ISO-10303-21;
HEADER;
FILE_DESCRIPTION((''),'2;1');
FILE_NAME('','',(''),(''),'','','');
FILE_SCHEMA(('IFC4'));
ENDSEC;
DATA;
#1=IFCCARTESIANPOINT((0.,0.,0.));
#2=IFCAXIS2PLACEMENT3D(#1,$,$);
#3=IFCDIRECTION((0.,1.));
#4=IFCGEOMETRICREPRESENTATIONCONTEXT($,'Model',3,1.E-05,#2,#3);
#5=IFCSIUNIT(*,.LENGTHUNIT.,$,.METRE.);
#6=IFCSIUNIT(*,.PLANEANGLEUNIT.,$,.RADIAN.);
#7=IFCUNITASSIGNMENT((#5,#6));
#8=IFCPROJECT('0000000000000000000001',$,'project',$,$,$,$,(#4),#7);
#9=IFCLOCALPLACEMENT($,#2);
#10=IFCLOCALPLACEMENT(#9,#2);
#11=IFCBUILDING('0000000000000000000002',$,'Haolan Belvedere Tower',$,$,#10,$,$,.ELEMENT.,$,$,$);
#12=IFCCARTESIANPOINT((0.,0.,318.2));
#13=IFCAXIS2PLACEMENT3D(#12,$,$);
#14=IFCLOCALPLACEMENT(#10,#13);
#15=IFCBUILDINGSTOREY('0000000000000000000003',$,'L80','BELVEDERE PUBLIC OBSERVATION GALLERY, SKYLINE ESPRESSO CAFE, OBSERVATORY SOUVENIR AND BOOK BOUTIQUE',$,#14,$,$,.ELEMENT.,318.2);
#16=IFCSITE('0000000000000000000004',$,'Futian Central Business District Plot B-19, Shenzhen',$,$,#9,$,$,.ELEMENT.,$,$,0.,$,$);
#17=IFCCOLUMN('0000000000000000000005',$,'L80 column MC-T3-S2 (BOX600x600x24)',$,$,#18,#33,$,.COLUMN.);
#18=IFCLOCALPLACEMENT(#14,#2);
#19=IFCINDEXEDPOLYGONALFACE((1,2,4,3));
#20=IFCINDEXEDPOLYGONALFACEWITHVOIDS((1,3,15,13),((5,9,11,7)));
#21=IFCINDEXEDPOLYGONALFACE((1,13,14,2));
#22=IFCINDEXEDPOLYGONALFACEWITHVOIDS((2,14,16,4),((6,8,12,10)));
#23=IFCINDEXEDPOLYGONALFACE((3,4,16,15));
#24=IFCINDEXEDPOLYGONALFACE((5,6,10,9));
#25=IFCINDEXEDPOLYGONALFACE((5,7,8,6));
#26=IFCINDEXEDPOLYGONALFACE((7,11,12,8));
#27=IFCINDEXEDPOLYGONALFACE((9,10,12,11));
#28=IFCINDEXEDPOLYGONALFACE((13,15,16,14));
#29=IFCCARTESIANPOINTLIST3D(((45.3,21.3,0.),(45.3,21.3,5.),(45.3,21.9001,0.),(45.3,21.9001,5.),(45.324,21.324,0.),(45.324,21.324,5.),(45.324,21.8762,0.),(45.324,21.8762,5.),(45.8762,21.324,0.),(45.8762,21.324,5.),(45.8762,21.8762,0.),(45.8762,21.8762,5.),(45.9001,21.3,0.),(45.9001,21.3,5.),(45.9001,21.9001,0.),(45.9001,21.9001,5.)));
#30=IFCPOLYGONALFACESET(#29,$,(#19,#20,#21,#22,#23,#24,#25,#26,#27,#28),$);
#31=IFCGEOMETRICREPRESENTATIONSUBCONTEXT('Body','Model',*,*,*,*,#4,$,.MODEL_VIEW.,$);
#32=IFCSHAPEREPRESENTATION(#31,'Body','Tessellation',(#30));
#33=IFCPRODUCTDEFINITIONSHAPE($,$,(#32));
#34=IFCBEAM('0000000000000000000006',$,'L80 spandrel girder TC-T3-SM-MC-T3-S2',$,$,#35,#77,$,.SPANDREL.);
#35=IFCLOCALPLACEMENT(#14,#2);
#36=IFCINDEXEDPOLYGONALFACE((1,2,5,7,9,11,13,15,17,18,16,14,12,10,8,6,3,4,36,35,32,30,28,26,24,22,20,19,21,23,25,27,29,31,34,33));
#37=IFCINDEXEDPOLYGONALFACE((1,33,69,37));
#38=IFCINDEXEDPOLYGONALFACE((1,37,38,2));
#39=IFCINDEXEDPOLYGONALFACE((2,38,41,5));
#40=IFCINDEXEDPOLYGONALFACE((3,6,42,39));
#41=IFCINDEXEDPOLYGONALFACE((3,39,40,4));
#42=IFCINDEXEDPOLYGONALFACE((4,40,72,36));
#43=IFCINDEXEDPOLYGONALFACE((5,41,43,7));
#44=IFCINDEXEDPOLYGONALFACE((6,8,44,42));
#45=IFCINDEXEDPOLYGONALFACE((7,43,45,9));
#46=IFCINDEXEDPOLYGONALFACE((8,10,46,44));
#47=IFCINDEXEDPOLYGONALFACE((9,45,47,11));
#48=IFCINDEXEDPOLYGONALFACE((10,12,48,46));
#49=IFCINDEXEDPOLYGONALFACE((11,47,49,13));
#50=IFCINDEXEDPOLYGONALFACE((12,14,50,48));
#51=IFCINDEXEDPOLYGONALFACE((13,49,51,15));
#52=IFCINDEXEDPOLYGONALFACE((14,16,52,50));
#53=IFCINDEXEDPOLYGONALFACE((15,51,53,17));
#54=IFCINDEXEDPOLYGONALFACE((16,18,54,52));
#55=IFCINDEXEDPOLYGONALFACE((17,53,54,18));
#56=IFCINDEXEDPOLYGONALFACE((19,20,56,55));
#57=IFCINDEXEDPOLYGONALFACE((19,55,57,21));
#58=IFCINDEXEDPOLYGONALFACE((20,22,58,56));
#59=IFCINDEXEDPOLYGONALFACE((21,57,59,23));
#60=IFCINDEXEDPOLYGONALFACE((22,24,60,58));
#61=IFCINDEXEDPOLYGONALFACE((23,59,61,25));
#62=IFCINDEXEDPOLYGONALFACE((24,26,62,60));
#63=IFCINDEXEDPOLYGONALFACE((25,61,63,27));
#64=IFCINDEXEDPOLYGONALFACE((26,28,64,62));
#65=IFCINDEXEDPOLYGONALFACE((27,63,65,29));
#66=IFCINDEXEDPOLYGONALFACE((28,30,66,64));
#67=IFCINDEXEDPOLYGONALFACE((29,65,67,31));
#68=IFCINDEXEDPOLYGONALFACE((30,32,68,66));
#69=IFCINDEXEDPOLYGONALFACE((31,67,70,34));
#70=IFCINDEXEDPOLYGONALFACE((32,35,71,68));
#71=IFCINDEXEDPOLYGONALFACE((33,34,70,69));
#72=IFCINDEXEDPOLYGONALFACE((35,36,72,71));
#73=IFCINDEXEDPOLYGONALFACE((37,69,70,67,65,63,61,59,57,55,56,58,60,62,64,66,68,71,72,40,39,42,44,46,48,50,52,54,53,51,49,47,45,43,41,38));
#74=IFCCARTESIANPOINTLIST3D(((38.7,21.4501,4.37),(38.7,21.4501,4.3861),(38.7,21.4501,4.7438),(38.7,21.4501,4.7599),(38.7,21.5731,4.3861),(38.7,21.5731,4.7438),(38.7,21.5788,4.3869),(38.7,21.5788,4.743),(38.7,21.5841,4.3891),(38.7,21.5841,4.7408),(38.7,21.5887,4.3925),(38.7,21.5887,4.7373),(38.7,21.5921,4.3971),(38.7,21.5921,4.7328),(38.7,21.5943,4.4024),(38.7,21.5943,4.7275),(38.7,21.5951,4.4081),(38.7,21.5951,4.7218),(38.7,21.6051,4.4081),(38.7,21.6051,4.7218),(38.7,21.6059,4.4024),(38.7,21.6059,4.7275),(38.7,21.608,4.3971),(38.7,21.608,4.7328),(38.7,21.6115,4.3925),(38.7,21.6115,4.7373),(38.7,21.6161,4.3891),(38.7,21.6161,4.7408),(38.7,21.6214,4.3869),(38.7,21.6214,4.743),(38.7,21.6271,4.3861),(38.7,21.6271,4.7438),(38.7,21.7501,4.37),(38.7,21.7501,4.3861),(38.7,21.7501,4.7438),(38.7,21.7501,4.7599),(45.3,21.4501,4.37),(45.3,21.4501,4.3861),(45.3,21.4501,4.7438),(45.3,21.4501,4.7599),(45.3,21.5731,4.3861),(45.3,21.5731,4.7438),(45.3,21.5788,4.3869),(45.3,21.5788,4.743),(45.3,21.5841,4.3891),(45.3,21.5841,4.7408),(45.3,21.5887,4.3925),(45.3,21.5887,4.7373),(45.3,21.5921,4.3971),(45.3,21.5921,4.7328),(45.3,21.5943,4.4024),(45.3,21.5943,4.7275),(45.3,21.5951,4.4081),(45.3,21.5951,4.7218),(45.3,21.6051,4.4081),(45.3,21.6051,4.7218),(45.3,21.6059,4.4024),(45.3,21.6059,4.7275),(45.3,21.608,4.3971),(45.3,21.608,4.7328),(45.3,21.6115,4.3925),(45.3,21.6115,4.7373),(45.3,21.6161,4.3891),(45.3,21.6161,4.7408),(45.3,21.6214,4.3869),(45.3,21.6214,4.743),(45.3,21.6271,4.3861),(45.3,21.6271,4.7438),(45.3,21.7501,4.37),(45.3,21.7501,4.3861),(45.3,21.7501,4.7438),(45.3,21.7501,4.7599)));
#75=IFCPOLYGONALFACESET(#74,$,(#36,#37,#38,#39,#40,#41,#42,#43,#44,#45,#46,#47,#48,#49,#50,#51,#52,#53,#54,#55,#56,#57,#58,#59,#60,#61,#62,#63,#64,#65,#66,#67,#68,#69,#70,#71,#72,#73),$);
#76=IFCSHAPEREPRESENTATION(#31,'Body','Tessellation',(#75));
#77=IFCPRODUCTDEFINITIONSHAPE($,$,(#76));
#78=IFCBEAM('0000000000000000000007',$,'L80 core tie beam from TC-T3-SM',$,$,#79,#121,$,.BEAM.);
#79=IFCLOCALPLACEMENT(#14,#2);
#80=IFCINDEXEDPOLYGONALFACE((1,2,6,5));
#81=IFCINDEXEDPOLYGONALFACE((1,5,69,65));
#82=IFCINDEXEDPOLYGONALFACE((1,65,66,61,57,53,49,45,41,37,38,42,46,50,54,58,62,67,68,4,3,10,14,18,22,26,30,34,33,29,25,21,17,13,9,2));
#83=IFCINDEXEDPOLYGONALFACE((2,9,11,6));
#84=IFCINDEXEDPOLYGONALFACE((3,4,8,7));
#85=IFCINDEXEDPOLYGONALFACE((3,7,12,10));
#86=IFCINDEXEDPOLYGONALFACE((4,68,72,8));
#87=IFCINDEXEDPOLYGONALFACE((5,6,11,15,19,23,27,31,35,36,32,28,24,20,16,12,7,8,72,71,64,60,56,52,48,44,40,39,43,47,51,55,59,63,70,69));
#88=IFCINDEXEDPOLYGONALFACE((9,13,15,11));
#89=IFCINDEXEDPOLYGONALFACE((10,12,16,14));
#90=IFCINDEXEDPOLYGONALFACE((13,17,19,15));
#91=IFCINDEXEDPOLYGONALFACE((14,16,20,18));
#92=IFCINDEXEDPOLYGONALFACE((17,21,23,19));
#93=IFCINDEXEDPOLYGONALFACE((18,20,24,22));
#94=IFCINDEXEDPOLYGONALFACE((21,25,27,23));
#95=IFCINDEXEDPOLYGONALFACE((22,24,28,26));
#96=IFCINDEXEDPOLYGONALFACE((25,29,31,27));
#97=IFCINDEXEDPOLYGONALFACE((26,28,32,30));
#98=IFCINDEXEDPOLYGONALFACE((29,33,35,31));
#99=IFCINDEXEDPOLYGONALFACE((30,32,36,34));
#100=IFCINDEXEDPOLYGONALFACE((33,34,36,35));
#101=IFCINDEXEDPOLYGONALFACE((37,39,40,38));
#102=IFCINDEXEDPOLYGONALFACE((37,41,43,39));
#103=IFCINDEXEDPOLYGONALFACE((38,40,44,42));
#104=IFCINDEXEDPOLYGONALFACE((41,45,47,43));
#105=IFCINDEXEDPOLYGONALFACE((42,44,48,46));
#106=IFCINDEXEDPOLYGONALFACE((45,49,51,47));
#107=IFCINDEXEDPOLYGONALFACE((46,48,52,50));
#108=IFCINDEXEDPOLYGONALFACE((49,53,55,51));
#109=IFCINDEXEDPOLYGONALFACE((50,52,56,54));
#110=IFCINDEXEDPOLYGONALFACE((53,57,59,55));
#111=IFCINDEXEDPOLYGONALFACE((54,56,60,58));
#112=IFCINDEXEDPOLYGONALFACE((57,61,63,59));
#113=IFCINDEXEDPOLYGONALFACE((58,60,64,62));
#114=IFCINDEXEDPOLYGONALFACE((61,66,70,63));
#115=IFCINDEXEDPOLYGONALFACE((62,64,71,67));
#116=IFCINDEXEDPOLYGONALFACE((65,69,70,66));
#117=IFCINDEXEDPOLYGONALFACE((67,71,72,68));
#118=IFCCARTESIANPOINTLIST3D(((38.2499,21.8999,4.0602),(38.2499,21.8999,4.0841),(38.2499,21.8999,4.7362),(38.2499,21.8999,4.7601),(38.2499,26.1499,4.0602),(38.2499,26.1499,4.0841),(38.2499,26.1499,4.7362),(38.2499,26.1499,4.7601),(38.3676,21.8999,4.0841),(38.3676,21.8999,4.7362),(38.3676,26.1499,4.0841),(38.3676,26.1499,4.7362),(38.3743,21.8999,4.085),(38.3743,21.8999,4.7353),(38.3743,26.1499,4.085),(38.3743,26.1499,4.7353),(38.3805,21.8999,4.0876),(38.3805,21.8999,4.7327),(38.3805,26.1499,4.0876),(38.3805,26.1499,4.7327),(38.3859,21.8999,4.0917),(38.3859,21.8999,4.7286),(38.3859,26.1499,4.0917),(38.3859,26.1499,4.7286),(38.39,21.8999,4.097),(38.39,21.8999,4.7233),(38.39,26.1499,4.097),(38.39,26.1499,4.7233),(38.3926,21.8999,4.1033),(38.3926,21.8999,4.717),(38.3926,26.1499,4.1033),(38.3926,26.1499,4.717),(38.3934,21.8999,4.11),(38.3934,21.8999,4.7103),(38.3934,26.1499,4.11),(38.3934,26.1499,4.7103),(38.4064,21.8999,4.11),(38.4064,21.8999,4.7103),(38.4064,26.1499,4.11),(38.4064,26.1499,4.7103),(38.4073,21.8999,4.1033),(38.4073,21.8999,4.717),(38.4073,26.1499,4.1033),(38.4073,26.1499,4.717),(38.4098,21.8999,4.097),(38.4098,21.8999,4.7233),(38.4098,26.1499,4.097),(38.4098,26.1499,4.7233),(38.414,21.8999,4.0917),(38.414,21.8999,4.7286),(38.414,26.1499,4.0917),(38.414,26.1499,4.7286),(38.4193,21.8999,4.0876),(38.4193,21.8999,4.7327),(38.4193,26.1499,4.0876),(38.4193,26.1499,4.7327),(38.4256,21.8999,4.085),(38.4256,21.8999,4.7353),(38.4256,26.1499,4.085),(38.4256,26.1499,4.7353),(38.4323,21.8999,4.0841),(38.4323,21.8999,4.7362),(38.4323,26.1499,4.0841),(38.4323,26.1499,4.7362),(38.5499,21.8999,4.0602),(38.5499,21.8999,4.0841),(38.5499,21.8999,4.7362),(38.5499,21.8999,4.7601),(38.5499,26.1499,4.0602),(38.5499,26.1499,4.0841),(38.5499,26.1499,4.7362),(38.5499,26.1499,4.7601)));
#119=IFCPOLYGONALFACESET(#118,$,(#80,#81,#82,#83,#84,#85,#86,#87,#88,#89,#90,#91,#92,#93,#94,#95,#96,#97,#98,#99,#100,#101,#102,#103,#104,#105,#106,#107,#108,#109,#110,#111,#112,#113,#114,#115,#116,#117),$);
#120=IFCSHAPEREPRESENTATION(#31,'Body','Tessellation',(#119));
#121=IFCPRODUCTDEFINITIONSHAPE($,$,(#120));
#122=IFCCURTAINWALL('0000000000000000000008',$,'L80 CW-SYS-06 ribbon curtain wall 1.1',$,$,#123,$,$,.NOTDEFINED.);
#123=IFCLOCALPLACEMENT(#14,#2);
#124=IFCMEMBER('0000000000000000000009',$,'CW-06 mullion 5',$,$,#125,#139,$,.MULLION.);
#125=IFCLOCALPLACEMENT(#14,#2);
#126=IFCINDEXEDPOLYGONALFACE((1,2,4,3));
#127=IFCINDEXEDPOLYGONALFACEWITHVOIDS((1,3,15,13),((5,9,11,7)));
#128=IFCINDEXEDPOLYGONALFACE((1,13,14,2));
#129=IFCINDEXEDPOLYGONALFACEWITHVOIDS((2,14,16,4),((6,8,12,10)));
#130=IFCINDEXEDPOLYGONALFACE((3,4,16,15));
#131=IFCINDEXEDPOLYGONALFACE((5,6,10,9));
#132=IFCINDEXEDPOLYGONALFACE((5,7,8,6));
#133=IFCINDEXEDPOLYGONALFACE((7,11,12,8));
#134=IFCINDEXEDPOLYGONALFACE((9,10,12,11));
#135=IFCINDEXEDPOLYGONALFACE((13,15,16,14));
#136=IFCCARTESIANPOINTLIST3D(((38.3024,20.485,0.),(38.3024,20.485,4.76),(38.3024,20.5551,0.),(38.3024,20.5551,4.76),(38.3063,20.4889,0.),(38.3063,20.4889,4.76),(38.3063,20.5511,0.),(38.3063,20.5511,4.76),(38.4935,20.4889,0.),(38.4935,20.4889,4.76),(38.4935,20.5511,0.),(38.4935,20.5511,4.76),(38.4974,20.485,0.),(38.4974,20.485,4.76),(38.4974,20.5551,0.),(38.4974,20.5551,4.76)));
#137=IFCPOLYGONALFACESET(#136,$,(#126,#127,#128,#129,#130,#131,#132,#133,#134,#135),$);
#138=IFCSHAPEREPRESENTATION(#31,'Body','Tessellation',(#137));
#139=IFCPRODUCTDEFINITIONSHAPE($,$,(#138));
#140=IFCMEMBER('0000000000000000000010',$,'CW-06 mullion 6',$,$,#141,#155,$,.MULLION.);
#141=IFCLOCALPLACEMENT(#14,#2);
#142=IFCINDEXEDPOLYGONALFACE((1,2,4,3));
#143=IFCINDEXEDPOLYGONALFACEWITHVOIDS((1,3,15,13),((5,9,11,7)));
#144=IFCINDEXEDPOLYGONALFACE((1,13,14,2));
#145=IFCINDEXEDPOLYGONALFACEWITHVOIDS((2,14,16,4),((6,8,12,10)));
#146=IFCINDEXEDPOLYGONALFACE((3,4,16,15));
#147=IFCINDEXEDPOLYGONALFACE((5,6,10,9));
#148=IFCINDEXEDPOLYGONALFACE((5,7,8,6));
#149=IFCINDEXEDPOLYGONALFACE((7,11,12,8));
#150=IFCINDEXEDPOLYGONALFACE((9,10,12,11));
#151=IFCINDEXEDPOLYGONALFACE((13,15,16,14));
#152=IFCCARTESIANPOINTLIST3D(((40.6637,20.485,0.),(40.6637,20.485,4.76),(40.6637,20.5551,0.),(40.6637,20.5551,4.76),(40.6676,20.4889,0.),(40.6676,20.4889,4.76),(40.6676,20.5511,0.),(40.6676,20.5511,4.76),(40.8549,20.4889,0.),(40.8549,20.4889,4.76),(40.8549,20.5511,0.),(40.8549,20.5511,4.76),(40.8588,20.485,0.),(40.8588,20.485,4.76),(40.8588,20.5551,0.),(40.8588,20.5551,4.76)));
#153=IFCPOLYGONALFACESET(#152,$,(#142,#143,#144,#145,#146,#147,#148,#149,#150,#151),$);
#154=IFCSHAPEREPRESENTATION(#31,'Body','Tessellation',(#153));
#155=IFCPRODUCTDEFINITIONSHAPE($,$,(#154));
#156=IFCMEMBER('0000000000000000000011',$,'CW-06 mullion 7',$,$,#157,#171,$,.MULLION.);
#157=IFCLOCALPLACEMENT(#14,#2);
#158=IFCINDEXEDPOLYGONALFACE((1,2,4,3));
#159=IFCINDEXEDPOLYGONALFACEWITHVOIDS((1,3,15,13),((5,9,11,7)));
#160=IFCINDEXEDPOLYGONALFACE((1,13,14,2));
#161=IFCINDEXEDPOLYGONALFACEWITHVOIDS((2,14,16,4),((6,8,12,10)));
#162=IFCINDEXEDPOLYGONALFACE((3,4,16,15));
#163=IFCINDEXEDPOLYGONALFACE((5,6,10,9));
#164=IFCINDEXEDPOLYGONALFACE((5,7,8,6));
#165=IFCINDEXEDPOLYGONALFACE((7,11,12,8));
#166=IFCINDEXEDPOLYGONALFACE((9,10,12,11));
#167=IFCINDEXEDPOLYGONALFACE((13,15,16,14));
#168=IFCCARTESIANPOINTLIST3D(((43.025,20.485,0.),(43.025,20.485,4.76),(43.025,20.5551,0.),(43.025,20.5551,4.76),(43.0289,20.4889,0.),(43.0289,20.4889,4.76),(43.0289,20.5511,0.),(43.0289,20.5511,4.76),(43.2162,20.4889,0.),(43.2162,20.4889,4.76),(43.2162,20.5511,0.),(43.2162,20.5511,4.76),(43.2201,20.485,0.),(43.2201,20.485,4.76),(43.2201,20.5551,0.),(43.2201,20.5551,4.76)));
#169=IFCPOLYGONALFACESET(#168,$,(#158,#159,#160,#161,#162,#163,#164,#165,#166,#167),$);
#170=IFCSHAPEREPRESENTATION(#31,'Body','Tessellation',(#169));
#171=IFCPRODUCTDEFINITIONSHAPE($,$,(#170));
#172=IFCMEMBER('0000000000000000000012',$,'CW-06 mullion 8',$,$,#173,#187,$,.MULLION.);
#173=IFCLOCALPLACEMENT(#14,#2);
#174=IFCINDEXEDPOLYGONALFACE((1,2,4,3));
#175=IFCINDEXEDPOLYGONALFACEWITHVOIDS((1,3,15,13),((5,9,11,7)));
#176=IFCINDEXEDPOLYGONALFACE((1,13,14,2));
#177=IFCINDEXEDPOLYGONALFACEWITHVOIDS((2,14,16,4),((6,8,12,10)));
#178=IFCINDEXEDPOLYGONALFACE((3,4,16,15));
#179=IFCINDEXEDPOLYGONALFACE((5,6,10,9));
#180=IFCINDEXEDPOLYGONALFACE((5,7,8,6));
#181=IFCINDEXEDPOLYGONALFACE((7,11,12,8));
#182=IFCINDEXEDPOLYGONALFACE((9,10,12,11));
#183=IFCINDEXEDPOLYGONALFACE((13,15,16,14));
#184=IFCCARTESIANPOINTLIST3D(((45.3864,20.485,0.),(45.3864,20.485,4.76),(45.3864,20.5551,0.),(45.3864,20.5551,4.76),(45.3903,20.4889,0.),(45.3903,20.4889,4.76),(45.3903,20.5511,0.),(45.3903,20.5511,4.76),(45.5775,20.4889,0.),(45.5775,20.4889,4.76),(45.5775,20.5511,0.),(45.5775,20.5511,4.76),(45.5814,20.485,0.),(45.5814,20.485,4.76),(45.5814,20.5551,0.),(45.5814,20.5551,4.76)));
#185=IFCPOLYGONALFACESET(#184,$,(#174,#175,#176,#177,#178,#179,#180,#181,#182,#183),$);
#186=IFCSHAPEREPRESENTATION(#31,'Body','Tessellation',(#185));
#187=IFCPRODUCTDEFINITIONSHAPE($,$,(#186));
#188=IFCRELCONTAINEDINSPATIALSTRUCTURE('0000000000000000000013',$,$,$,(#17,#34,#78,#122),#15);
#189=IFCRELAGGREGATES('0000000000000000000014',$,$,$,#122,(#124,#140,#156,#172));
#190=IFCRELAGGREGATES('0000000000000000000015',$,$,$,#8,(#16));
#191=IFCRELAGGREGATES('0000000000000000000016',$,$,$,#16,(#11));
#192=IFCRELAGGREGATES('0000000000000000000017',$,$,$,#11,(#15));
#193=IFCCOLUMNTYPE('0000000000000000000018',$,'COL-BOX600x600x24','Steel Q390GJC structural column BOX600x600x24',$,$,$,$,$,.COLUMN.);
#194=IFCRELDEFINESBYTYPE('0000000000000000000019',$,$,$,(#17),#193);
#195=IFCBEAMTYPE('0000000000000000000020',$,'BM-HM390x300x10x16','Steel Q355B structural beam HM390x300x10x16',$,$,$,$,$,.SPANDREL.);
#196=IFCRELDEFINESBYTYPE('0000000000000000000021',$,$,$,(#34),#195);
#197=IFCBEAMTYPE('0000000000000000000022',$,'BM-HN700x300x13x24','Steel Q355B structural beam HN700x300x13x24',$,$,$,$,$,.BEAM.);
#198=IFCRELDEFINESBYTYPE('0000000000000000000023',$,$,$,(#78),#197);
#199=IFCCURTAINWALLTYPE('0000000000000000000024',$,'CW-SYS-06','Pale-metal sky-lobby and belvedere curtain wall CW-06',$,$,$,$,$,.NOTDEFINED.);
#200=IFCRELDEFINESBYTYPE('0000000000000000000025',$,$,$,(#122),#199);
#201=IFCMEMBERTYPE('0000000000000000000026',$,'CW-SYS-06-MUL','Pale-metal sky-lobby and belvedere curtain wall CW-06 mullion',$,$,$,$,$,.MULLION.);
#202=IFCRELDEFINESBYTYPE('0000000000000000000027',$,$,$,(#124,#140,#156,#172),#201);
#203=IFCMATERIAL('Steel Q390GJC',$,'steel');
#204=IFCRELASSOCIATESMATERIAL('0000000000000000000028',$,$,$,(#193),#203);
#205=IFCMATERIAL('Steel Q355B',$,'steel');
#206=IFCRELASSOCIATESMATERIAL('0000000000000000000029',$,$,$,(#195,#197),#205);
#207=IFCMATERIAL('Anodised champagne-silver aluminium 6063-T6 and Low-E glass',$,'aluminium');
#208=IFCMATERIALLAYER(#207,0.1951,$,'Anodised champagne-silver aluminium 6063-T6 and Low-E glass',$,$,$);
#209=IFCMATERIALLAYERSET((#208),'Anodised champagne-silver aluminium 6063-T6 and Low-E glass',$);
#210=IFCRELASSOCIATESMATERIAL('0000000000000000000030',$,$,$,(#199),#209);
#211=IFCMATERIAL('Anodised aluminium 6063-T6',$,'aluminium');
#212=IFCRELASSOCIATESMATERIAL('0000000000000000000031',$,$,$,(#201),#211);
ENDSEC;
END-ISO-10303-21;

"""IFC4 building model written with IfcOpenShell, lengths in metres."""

from ifc_helpers import new_model, si_unit, direction, frame, origin, origin_2d, place, context, subcontext, project, spatial, hollow_rectangle, i_section, extrude, material, layer, layer_set, material_profile, profile_set, type_object, element, aggregate, save


model = new_model("IFC4")

# Units and contexts
model_context = context("Model", 3, precision=1e-05, world=origin(), true_north=direction((0.0, 1.0)))
body_context = subcontext(model_context, "Body", "Model", "MODEL_VIEW")
ifc_project = project(units=[si_unit("LENGTHUNIT", "METRE"), si_unit("PLANEANGLEUNIT", "RADIAN")], contexts=[model_context])

# Site, building, storey
site_placement = place(None, origin())
site = spatial("IfcSite", under=ifc_project, at=site_placement, Name="Futian Central Business District Plot B-19, Shenzhen", CompositionType="ELEMENT", RefElevation=0.0)
building_placement = place(site_placement, origin())
building = spatial("IfcBuilding", under=site, at=building_placement, Name="Haolan Belvedere Tower", CompositionType="ELEMENT")
storey_placement = place(building_placement, frame((0.0, 0.0, 318.2)))
storey = spatial("IfcBuildingStorey", under=building, at=storey_placement, Name="L80", Description="BELVEDERE PUBLIC OBSERVATION GALLERY, SKYLINE ESPRESSO CAFE, OBSERVATORY SOUVENIR AND BOOK BOUTIQUE", CompositionType="ELEMENT", Elevation=318.2)

# Column
ifc_material_1 = material(Name="Steel Q390GJC", Category="steel")
ifc_material_profile_1 = material_profile(ifc_material_1, hollow_rectangle(XDim=0.6001, YDim=0.6001, WallThickness=0.0239, at=origin_2d()), Name="Steel Q390GJC")
ifc_profile_set_1 = profile_set([ifc_material_profile_1], Name="Steel Q390GJC")
column_type = type_object("IfcColumnType", Name="COL-BOX600x600x24", Description="Steel Q390GJC structural column BOX600x600x24", PredefinedType="COLUMN", material=ifc_profile_set_1)
column_placement = place(storey_placement, frame((45.6001, 21.6001, 0.0), z_axis=(0.0, 0.0, 1.0), x_axis=(1.0, 0.0, 0.0)))
element("IfcColumn", 1, at=column_placement, inside=storey, type_object=column_type, Name="L80 column MC-T3-S2 (BOX600x600x24)", PredefinedType="COLUMN", context=body_context, shape_type="SweptSolid", body=[
    extrude(hollow_rectangle(XDim=0.6001, YDim=0.6001, WallThickness=0.0239, at=origin_2d()), origin(), (0.0, 0.0, 1.0), 5.0),
])

# Beams
ifc_material_2 = material(Name="Steel Q355B", Category="steel")
ifc_material_profile_2 = material_profile(ifc_material_2, i_section(OverallWidth=0.3, OverallDepth=0.3899, WebThickness=0.01, FlangeThickness=0.0161, FilletRadius=0.022, at=origin_2d()), Name="Steel Q355B")
ifc_profile_set_2 = profile_set([ifc_material_profile_2], Name="Steel Q355B")
beam_type_1 = type_object("IfcBeamType", Name="BM-HM390x300x10x16", Description="Steel Q355B structural beam HM390x300x10x16", PredefinedType="SPANDREL", material=ifc_profile_set_2)
beam_1_placement = place(storey_placement, frame((38.7, 21.6001, 4.5649), z_axis=(1.0, 0.0, 0.0), x_axis=(0.0, 1.0, 0.0)))
element("IfcBeam", 2, at=beam_1_placement, inside=storey, type_object=beam_type_1, Name="L80 spandrel girder TC-T3-SM-MC-T3-S2", PredefinedType="SPANDREL", context=body_context, shape_type="SweptSolid", body=[
    extrude(i_section(OverallWidth=0.3, OverallDepth=0.3899, WebThickness=0.01, FlangeThickness=0.0161, FilletRadius=0.022, at=origin_2d()), origin(), (0.0, 0.0, 1.0), 6.6001),
])
ifc_material_profile_3 = material_profile(ifc_material_2, i_section(OverallWidth=0.3, OverallDepth=0.7, WebThickness=0.0129, FlangeThickness=0.0239, FilletRadius=0.0259, at=origin_2d()), Name="Steel Q355B")
ifc_profile_set_3 = profile_set([ifc_material_profile_3], Name="Steel Q355B")
beam_type_2 = type_object("IfcBeamType", Name="BM-HN700x300x13x24", Description="Steel Q355B structural beam HN700x300x13x24", PredefinedType="BEAM", material=ifc_profile_set_3)
beam_2_placement = place(storey_placement, frame((38.3999, 21.8999, 4.4102), z_axis=(0.0, 1.0, 0.0), x_axis=(-1.0, 0.0, 0.0)))
element("IfcBeam", 3, at=beam_2_placement, inside=storey, type_object=beam_type_2, Name="L80 core tie beam from TC-T3-SM", PredefinedType="BEAM", context=body_context, shape_type="SweptSolid", body=[
    extrude(i_section(OverallWidth=0.3, OverallDepth=0.7, WebThickness=0.0129, FlangeThickness=0.0239, FilletRadius=0.0259, at=origin_2d()), origin(), (0.0, 0.0, 1.0), 4.25),
])

# Curtain wall, members
ifc_material_3 = material(Name="Anodised champagne-silver aluminium 6063-T6 and Low-E glass", Category="aluminium")
ifc_layer_1 = layer(ifc_material_3, 0.1951, Name="Anodised champagne-silver aluminium 6063-T6 and Low-E glass")
ifc_layer_set_1 = layer_set([ifc_layer_1], Name="Anodised champagne-silver aluminium 6063-T6 and Low-E glass")
curtain_wall_type = type_object("IfcCurtainWallType", Name="CW-SYS-06", Description="Pale-metal sky-lobby and belvedere curtain wall CW-06", PredefinedType="NOTDEFINED", material=ifc_layer_set_1)
curtain_wall_placement = place(storey_placement, origin())
curtain_wall = element("IfcCurtainWall", 4, at=curtain_wall_placement, inside=storey, type_object=curtain_wall_type, Name="L80 CW-SYS-06 ribbon curtain wall 1.1", PredefinedType="NOTDEFINED")
ifc_material_4 = material(Name="Anodised aluminium 6063-T6", Category="aluminium")
ifc_material_profile_4 = material_profile(ifc_material_4, hollow_rectangle(XDim=0.0701, YDim=0.1951, WallThickness=0.0039, at=origin_2d()), Name="Anodised aluminium 6063-T6")
ifc_profile_set_4 = profile_set([ifc_material_profile_4], Name="Anodised aluminium 6063-T6")
member_type_1 = type_object("IfcMemberType", Name="CW-SYS-06-MUL", Description="Pale-metal sky-lobby and belvedere curtain wall CW-06 mullion", PredefinedType="MULLION", material=ifc_profile_set_4)
member_1_placement = place(storey_placement, frame((38.3999, 20.52, 0.0), z_axis=(0.0, 0.0, 1.0), x_axis=(0.0, 1.0, 0.0)))
member_1 = element("IfcMember", 5, at=member_1_placement, type_object=member_type_1, Name="CW-06 mullion 5", PredefinedType="MULLION", context=body_context, shape_type="SweptSolid", body=[
    extrude(hollow_rectangle(XDim=0.0701, YDim=0.1951, WallThickness=0.0039, at=origin_2d()), origin(), (0.0, 0.0, 1.0), 4.76),
])
member_2_placement = place(storey_placement, frame((40.7612, 20.52, 0.0), z_axis=(0.0, 0.0, 1.0), x_axis=(0.0, 1.0, 0.0)))
member_2 = element("IfcMember", 6, at=member_2_placement, type_object=member_type_1, Name="CW-06 mullion 6", PredefinedType="MULLION", context=body_context, shape_type="SweptSolid", body=[
    extrude(hollow_rectangle(XDim=0.0701, YDim=0.1951, WallThickness=0.0039, at=origin_2d()), origin(), (0.0, 0.0, 1.0), 4.76),
])
member_3_placement = place(storey_placement, frame((43.1226, 20.52, 0.0), z_axis=(0.0, 0.0, 1.0), x_axis=(0.0, 1.0, 0.0)))
member_3 = element("IfcMember", 7, at=member_3_placement, type_object=member_type_1, Name="CW-06 mullion 7", PredefinedType="MULLION", context=body_context, shape_type="SweptSolid", body=[
    extrude(hollow_rectangle(XDim=0.0701, YDim=0.1951, WallThickness=0.0039, at=origin_2d()), origin(), (0.0, 0.0, 1.0), 4.76),
])
member_4_placement = place(storey_placement, frame((45.4839, 20.52, 0.0), z_axis=(0.0, 0.0, 1.0), x_axis=(0.0, 1.0, 0.0)))
member_4 = element("IfcMember", 8, at=member_4_placement, type_object=member_type_1, Name="CW-06 mullion 8", PredefinedType="MULLION", context=body_context, shape_type="SweptSolid", body=[
    extrude(hollow_rectangle(XDim=0.0701, YDim=0.1951, WallThickness=0.0039, at=origin_2d()), origin(), (0.0, 0.0, 1.0), 4.76),
])
aggregate(curtain_wall, [member_1, member_2, member_3, member_4])

save(model, "model.ifc")
